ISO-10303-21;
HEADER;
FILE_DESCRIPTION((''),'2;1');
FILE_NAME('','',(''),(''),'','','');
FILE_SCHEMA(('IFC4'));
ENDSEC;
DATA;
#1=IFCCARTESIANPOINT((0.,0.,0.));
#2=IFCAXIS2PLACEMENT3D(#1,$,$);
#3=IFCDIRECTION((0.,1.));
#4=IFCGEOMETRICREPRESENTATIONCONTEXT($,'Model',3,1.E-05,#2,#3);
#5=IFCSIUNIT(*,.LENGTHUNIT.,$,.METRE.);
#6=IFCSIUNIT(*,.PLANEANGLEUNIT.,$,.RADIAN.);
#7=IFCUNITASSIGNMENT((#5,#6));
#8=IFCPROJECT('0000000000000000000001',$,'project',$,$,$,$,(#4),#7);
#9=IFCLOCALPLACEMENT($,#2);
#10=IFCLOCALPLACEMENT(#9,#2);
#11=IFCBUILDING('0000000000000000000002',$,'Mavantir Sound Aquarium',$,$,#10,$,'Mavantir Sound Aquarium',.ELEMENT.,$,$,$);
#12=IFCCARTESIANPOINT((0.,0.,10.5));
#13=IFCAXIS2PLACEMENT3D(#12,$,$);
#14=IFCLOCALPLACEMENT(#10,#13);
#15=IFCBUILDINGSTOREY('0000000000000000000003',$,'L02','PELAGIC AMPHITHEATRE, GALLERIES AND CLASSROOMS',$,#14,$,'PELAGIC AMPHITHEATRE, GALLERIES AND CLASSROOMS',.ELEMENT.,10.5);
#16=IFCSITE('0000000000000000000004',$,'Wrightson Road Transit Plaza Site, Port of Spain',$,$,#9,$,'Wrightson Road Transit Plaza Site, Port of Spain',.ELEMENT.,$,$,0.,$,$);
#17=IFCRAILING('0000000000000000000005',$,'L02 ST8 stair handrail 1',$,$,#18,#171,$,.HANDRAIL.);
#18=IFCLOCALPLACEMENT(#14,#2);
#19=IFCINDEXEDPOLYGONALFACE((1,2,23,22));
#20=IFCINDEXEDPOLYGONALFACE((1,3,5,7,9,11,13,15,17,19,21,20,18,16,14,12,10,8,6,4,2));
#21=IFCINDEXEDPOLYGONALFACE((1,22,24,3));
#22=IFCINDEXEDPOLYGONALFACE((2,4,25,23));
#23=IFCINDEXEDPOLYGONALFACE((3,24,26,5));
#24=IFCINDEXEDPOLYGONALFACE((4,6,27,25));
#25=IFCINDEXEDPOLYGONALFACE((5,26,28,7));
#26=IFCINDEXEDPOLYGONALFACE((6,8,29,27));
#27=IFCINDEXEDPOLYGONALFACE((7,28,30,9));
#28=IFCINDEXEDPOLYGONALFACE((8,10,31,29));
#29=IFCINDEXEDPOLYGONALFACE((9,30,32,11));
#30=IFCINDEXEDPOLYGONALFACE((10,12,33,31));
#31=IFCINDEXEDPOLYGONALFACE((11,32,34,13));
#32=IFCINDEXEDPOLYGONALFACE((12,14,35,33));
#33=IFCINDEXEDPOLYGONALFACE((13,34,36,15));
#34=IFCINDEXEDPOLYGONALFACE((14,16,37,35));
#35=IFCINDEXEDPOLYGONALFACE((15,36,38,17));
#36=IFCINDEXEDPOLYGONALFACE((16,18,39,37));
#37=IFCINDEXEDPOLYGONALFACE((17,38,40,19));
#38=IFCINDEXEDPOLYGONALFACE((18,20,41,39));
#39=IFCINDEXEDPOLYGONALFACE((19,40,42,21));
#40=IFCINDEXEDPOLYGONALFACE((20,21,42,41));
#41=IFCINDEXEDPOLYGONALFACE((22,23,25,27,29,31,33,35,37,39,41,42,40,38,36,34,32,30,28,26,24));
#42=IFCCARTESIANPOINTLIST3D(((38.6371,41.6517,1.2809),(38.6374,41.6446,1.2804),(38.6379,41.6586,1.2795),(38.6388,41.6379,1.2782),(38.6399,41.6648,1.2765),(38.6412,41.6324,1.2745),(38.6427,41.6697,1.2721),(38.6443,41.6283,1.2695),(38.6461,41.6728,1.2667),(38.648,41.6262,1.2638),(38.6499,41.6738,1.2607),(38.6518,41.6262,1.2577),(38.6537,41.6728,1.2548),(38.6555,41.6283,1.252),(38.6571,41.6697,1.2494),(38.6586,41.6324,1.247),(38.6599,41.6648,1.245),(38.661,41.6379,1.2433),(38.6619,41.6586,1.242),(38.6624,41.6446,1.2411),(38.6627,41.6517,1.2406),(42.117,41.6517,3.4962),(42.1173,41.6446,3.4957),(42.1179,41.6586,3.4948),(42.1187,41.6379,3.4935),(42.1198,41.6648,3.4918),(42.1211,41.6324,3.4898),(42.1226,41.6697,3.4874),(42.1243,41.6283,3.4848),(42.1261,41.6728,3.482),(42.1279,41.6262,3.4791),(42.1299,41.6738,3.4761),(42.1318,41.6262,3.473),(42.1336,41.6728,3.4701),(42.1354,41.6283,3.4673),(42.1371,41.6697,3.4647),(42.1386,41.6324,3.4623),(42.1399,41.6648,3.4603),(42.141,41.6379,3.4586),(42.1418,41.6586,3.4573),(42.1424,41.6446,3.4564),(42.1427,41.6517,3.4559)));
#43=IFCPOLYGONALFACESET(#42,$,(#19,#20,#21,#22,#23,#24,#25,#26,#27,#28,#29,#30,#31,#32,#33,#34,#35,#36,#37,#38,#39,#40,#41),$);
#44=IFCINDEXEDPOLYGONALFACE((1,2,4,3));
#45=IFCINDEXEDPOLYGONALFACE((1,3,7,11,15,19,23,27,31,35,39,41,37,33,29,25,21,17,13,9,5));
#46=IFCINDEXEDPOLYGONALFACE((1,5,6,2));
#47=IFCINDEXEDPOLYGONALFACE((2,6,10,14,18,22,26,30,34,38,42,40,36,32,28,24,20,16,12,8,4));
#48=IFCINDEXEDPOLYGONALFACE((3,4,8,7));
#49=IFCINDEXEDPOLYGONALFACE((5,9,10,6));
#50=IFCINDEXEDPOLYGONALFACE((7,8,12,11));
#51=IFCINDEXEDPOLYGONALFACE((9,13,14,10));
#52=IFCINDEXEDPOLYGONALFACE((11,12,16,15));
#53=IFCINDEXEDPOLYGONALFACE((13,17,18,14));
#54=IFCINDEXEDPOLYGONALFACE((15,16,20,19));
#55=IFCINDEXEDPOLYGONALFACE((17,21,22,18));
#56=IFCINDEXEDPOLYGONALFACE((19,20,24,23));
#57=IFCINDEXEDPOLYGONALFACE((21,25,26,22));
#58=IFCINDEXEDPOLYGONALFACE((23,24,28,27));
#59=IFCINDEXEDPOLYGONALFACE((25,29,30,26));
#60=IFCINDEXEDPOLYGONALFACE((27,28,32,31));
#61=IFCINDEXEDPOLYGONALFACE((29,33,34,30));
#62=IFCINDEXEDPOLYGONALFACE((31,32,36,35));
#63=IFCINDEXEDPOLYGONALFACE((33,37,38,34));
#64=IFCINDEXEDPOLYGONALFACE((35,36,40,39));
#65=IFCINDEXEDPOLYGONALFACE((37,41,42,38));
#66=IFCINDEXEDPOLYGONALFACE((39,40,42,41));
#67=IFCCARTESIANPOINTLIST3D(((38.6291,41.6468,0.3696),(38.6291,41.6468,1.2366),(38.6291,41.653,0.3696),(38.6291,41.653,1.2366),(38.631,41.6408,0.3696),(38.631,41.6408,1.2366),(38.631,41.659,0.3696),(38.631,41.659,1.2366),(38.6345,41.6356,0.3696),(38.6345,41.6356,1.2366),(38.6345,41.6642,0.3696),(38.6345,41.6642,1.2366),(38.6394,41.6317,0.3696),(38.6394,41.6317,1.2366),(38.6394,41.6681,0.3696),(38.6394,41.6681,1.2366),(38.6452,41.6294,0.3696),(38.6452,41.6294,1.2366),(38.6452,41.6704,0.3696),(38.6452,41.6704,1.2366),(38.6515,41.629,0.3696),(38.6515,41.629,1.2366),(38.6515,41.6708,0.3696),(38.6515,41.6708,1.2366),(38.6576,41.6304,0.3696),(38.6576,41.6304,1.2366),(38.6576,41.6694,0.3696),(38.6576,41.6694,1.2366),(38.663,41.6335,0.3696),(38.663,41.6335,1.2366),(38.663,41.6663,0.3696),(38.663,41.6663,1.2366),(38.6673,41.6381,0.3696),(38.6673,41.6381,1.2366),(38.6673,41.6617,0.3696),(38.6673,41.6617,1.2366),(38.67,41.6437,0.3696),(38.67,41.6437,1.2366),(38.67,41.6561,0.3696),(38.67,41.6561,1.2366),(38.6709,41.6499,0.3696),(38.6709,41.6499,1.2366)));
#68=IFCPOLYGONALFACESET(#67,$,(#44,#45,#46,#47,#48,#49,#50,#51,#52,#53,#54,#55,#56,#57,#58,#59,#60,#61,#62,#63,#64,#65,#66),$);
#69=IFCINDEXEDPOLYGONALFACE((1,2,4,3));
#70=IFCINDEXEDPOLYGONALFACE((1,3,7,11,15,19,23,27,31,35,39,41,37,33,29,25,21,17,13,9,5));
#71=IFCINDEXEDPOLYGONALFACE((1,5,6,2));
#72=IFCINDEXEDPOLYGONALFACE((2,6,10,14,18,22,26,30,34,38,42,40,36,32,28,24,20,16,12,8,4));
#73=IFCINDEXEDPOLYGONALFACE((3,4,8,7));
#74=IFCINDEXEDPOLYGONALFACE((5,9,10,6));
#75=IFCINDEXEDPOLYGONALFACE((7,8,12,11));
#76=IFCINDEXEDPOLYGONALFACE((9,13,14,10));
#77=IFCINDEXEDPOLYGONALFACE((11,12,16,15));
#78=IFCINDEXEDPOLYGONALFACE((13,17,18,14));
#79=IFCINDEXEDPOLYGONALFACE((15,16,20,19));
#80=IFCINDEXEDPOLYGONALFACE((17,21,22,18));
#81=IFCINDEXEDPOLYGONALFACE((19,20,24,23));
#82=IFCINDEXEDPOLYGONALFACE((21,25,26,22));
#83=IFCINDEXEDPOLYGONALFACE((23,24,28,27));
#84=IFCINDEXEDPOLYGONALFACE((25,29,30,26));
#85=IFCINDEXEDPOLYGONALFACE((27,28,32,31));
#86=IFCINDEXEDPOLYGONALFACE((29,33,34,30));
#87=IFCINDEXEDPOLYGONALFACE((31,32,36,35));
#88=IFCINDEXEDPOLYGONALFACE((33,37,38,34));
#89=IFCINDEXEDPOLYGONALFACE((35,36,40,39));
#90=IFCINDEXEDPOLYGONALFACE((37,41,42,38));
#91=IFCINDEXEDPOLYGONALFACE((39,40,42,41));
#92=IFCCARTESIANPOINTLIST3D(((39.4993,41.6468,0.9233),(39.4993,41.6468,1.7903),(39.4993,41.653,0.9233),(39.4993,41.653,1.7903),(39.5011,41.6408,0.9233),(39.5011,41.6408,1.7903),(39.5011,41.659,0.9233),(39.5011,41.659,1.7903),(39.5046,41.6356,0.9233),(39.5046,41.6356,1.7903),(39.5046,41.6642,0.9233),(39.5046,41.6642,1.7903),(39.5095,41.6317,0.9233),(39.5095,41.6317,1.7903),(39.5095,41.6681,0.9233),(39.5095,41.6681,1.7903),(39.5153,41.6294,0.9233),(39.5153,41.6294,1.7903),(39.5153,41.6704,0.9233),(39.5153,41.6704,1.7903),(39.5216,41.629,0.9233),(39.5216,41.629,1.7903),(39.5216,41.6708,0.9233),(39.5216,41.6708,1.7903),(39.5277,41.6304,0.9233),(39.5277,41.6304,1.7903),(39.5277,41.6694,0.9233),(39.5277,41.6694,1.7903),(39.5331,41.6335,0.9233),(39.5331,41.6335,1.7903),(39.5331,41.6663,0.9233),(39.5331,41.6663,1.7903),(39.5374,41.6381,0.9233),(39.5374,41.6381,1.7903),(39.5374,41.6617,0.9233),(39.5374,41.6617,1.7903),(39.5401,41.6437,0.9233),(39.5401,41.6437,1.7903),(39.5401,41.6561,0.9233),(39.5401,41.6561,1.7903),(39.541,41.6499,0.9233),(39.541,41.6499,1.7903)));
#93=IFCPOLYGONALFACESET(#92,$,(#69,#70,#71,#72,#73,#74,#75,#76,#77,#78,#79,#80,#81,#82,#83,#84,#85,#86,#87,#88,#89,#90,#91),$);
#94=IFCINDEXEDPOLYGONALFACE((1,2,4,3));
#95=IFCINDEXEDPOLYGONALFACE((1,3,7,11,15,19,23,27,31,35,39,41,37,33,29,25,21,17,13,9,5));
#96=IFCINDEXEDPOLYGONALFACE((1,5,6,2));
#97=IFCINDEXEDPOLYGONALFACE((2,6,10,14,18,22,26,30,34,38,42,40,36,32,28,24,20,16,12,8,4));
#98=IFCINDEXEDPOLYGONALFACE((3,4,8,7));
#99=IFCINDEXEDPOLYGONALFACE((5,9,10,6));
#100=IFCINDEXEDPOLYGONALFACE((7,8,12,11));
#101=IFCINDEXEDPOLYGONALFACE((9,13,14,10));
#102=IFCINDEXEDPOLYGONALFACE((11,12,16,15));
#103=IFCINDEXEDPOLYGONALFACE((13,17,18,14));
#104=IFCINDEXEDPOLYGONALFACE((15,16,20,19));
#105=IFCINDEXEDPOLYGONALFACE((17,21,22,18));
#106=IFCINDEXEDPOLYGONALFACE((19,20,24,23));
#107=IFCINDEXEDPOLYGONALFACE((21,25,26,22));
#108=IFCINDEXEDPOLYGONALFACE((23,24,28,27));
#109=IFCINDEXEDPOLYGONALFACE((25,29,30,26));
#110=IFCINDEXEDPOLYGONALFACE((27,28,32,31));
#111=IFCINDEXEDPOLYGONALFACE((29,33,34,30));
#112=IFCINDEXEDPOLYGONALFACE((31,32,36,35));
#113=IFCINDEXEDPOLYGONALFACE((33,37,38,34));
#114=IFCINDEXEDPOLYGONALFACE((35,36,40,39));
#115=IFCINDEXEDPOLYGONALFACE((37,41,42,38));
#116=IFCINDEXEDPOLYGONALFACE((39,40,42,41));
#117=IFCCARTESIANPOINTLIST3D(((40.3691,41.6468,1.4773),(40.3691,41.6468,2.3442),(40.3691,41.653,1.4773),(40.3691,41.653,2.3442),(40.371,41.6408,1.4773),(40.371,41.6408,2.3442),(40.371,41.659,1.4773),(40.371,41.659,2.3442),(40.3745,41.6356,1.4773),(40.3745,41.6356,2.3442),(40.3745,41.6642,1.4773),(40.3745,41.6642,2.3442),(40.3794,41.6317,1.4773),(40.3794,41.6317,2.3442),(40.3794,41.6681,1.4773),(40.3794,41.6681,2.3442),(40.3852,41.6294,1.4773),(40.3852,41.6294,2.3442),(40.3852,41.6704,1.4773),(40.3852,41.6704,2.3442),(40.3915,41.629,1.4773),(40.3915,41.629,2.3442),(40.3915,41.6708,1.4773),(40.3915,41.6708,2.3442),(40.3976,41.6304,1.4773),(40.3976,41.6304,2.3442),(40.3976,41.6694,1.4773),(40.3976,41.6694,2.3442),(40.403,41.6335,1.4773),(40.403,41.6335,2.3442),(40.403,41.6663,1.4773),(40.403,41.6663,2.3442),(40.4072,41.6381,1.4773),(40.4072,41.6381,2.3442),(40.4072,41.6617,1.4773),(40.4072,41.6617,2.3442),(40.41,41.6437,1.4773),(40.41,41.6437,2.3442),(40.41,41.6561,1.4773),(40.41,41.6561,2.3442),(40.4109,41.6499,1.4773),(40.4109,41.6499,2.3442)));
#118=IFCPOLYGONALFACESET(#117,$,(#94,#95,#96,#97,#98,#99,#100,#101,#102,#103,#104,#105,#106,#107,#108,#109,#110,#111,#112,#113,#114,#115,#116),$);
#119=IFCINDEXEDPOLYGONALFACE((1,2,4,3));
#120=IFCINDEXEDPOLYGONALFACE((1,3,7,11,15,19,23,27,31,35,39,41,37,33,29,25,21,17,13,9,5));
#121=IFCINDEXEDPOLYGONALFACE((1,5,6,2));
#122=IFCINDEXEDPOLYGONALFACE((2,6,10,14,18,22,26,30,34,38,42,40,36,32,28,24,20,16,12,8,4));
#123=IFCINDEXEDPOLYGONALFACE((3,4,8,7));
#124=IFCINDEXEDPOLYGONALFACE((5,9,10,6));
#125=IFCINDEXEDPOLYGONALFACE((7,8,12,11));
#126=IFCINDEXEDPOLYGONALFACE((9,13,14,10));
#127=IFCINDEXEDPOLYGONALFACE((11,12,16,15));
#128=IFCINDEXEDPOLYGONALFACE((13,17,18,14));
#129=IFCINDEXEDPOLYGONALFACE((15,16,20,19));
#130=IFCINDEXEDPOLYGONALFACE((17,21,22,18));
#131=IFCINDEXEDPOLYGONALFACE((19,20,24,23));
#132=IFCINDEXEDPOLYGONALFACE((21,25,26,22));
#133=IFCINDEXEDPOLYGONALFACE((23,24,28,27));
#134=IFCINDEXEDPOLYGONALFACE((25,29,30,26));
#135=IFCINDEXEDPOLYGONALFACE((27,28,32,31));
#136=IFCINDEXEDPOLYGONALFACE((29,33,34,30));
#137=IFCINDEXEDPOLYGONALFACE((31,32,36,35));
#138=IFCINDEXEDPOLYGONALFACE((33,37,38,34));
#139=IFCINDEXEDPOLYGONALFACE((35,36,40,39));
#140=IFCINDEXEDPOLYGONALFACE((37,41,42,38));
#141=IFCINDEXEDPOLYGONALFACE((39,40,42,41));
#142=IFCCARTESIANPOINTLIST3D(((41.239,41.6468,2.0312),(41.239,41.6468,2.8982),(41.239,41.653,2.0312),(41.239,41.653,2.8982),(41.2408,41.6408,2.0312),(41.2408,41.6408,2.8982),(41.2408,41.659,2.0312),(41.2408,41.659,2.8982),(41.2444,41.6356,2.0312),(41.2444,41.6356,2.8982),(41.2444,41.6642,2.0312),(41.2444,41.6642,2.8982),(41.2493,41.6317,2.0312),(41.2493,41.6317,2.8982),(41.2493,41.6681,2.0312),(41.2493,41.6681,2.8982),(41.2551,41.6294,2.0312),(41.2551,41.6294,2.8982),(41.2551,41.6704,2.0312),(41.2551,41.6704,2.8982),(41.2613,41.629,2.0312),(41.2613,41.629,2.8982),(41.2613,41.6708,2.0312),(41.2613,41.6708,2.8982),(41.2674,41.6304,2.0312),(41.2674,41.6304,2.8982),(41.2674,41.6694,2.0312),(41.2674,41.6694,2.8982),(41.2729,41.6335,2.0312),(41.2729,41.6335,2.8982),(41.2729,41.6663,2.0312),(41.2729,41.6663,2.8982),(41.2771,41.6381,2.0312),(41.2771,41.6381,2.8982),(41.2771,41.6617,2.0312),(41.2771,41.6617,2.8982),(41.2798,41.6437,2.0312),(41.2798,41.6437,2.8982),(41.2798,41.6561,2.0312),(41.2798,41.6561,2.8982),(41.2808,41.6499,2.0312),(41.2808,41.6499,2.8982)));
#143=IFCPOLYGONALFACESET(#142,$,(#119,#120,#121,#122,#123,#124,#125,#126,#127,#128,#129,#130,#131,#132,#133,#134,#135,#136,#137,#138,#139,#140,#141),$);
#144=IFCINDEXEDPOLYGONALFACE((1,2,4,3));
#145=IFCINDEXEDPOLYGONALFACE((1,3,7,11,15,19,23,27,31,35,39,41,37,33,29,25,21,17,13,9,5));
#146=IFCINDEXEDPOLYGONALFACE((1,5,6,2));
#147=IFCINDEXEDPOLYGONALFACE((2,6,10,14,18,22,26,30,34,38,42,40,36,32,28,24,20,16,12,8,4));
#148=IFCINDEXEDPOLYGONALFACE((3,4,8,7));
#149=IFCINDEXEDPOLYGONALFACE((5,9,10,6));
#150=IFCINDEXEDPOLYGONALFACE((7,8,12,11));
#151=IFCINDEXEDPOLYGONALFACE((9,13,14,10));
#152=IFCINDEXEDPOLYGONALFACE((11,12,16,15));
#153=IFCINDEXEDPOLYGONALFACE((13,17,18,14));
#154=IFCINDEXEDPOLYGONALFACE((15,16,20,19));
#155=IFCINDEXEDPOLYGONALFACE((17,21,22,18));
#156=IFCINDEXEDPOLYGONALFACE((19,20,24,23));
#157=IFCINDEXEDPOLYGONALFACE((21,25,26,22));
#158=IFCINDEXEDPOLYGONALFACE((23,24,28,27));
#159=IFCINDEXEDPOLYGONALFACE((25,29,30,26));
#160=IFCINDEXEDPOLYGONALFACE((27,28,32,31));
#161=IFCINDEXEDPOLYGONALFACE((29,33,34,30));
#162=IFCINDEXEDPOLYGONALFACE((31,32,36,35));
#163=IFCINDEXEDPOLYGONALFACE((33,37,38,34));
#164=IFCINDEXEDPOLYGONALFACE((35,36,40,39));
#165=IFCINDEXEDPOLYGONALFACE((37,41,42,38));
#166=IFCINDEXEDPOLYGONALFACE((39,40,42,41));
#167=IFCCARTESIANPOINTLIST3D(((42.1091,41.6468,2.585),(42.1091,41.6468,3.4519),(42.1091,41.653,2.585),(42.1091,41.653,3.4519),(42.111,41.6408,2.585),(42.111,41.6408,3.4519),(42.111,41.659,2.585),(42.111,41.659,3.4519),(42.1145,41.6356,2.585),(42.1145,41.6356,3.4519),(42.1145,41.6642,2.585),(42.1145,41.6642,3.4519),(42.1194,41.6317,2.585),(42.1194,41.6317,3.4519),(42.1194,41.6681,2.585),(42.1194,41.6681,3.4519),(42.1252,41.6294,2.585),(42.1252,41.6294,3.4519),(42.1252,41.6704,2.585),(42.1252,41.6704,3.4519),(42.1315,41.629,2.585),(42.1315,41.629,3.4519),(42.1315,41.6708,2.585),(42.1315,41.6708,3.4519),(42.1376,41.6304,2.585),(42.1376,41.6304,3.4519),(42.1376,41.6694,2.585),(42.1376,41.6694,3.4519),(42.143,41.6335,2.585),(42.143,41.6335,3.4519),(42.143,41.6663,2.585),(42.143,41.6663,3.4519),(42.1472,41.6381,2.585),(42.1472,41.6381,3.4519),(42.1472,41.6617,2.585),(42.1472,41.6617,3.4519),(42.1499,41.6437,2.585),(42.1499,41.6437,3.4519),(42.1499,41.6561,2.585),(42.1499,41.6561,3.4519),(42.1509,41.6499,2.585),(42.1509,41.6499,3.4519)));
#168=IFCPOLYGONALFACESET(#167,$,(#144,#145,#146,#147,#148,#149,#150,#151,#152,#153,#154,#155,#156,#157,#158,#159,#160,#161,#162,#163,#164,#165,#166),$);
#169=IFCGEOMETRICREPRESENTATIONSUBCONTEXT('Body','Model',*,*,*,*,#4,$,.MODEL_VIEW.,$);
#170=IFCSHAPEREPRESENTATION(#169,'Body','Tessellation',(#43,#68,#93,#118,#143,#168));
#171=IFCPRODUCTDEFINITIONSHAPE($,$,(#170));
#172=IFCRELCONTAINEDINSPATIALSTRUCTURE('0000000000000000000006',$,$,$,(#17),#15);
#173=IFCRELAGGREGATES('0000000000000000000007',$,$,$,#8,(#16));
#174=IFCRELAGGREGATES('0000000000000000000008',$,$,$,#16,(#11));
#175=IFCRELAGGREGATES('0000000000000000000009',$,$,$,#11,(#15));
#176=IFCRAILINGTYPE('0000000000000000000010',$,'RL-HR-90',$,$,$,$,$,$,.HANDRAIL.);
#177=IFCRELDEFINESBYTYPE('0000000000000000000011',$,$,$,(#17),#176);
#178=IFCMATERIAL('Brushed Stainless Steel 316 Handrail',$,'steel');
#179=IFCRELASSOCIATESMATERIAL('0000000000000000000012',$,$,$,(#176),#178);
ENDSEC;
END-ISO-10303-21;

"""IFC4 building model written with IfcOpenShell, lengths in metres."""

from ifc_helpers import new_model, si_unit, direction, frame, origin, origin_2d, place, context, subcontext, project, spatial, circle, extrude, material, type_object, element, save


model = new_model("IFC4")

# Units and contexts
model_context = context("Model", 3, precision=1e-05, world=origin(), true_north=direction((0.0, 1.0)))
body_context = subcontext(model_context, "Body", "Model", "MODEL_VIEW")
ifc_project = project(units=[si_unit("LENGTHUNIT", "METRE"), si_unit("PLANEANGLEUNIT", "RADIAN")], contexts=[model_context])

# Site, building, storey
site_placement = place(None, origin())
site = spatial("IfcSite", under=ifc_project, at=site_placement, Name="Wrightson Road Transit Plaza Site, Port of Spain", LongName="Wrightson Road Transit Plaza Site, Port of Spain", CompositionType="ELEMENT", RefElevation=0.0)
building_placement = place(site_placement, origin())
building = spatial("IfcBuilding", under=site, at=building_placement, Name="Mavantir Sound Aquarium", LongName="Mavantir Sound Aquarium", CompositionType="ELEMENT")
storey_placement = place(building_placement, frame((0.0, 0.0, 10.5)))
storey = spatial("IfcBuildingStorey", under=building, at=storey_placement, Name="L02", Description="PELAGIC AMPHITHEATRE, GALLERIES AND CLASSROOMS", LongName="PELAGIC AMPHITHEATRE, GALLERIES AND CLASSROOMS", CompositionType="ELEMENT", Elevation=10.5)

# Railing
ifc_material_1 = material(Name="Brushed Stainless Steel 316 Handrail", Category="steel")
railing_type_1 = type_object("IfcRailingType", Name="RL-HR-90", PredefinedType="HANDRAIL", material=ifc_material_1)
railing_1_placement = place(storey_placement, frame((38.6499, 41.6499, 0.3696)))
element("IfcRailing", 1, at=railing_1_placement, inside=storey, type_object=railing_type_1, Name="L02 ST8 stair handrail 1", PredefinedType="HANDRAIL", context=body_context, shape_type="SweptSolid", body=[
    extrude(circle(Radius=0.0239, at=origin_2d()), frame((0.0, 0.0, 0.8911), z_axis=(0.843574, 0.0, 0.537013), x_axis=(0.0, 1.0, 0.0)), (0.0, 0.0, 1.0), 4.1252),
    extrude(circle(Radius=0.021, at=origin_2d()), origin(), (0.0, 0.0, 1.0), 0.8669),
    extrude(circle(Radius=0.021, at=origin_2d()), frame((0.8701, 0.0, 0.5537)), (0.0, 0.0, 1.0), 0.8669),
    extrude(circle(Radius=0.021, at=origin_2d()), frame((1.74, 0.0, 1.1077)), (0.0, 0.0, 1.0), 0.8669),
    extrude(circle(Radius=0.021, at=origin_2d()), frame((2.6099, 0.0, 1.6616)), (0.0, 0.0, 1.0), 0.8669),
    extrude(circle(Radius=0.021, at=origin_2d()), frame((3.48, 0.0, 2.2153)), (0.0, 0.0, 1.0), 0.8669),
])

save(model, "model.ifc")
